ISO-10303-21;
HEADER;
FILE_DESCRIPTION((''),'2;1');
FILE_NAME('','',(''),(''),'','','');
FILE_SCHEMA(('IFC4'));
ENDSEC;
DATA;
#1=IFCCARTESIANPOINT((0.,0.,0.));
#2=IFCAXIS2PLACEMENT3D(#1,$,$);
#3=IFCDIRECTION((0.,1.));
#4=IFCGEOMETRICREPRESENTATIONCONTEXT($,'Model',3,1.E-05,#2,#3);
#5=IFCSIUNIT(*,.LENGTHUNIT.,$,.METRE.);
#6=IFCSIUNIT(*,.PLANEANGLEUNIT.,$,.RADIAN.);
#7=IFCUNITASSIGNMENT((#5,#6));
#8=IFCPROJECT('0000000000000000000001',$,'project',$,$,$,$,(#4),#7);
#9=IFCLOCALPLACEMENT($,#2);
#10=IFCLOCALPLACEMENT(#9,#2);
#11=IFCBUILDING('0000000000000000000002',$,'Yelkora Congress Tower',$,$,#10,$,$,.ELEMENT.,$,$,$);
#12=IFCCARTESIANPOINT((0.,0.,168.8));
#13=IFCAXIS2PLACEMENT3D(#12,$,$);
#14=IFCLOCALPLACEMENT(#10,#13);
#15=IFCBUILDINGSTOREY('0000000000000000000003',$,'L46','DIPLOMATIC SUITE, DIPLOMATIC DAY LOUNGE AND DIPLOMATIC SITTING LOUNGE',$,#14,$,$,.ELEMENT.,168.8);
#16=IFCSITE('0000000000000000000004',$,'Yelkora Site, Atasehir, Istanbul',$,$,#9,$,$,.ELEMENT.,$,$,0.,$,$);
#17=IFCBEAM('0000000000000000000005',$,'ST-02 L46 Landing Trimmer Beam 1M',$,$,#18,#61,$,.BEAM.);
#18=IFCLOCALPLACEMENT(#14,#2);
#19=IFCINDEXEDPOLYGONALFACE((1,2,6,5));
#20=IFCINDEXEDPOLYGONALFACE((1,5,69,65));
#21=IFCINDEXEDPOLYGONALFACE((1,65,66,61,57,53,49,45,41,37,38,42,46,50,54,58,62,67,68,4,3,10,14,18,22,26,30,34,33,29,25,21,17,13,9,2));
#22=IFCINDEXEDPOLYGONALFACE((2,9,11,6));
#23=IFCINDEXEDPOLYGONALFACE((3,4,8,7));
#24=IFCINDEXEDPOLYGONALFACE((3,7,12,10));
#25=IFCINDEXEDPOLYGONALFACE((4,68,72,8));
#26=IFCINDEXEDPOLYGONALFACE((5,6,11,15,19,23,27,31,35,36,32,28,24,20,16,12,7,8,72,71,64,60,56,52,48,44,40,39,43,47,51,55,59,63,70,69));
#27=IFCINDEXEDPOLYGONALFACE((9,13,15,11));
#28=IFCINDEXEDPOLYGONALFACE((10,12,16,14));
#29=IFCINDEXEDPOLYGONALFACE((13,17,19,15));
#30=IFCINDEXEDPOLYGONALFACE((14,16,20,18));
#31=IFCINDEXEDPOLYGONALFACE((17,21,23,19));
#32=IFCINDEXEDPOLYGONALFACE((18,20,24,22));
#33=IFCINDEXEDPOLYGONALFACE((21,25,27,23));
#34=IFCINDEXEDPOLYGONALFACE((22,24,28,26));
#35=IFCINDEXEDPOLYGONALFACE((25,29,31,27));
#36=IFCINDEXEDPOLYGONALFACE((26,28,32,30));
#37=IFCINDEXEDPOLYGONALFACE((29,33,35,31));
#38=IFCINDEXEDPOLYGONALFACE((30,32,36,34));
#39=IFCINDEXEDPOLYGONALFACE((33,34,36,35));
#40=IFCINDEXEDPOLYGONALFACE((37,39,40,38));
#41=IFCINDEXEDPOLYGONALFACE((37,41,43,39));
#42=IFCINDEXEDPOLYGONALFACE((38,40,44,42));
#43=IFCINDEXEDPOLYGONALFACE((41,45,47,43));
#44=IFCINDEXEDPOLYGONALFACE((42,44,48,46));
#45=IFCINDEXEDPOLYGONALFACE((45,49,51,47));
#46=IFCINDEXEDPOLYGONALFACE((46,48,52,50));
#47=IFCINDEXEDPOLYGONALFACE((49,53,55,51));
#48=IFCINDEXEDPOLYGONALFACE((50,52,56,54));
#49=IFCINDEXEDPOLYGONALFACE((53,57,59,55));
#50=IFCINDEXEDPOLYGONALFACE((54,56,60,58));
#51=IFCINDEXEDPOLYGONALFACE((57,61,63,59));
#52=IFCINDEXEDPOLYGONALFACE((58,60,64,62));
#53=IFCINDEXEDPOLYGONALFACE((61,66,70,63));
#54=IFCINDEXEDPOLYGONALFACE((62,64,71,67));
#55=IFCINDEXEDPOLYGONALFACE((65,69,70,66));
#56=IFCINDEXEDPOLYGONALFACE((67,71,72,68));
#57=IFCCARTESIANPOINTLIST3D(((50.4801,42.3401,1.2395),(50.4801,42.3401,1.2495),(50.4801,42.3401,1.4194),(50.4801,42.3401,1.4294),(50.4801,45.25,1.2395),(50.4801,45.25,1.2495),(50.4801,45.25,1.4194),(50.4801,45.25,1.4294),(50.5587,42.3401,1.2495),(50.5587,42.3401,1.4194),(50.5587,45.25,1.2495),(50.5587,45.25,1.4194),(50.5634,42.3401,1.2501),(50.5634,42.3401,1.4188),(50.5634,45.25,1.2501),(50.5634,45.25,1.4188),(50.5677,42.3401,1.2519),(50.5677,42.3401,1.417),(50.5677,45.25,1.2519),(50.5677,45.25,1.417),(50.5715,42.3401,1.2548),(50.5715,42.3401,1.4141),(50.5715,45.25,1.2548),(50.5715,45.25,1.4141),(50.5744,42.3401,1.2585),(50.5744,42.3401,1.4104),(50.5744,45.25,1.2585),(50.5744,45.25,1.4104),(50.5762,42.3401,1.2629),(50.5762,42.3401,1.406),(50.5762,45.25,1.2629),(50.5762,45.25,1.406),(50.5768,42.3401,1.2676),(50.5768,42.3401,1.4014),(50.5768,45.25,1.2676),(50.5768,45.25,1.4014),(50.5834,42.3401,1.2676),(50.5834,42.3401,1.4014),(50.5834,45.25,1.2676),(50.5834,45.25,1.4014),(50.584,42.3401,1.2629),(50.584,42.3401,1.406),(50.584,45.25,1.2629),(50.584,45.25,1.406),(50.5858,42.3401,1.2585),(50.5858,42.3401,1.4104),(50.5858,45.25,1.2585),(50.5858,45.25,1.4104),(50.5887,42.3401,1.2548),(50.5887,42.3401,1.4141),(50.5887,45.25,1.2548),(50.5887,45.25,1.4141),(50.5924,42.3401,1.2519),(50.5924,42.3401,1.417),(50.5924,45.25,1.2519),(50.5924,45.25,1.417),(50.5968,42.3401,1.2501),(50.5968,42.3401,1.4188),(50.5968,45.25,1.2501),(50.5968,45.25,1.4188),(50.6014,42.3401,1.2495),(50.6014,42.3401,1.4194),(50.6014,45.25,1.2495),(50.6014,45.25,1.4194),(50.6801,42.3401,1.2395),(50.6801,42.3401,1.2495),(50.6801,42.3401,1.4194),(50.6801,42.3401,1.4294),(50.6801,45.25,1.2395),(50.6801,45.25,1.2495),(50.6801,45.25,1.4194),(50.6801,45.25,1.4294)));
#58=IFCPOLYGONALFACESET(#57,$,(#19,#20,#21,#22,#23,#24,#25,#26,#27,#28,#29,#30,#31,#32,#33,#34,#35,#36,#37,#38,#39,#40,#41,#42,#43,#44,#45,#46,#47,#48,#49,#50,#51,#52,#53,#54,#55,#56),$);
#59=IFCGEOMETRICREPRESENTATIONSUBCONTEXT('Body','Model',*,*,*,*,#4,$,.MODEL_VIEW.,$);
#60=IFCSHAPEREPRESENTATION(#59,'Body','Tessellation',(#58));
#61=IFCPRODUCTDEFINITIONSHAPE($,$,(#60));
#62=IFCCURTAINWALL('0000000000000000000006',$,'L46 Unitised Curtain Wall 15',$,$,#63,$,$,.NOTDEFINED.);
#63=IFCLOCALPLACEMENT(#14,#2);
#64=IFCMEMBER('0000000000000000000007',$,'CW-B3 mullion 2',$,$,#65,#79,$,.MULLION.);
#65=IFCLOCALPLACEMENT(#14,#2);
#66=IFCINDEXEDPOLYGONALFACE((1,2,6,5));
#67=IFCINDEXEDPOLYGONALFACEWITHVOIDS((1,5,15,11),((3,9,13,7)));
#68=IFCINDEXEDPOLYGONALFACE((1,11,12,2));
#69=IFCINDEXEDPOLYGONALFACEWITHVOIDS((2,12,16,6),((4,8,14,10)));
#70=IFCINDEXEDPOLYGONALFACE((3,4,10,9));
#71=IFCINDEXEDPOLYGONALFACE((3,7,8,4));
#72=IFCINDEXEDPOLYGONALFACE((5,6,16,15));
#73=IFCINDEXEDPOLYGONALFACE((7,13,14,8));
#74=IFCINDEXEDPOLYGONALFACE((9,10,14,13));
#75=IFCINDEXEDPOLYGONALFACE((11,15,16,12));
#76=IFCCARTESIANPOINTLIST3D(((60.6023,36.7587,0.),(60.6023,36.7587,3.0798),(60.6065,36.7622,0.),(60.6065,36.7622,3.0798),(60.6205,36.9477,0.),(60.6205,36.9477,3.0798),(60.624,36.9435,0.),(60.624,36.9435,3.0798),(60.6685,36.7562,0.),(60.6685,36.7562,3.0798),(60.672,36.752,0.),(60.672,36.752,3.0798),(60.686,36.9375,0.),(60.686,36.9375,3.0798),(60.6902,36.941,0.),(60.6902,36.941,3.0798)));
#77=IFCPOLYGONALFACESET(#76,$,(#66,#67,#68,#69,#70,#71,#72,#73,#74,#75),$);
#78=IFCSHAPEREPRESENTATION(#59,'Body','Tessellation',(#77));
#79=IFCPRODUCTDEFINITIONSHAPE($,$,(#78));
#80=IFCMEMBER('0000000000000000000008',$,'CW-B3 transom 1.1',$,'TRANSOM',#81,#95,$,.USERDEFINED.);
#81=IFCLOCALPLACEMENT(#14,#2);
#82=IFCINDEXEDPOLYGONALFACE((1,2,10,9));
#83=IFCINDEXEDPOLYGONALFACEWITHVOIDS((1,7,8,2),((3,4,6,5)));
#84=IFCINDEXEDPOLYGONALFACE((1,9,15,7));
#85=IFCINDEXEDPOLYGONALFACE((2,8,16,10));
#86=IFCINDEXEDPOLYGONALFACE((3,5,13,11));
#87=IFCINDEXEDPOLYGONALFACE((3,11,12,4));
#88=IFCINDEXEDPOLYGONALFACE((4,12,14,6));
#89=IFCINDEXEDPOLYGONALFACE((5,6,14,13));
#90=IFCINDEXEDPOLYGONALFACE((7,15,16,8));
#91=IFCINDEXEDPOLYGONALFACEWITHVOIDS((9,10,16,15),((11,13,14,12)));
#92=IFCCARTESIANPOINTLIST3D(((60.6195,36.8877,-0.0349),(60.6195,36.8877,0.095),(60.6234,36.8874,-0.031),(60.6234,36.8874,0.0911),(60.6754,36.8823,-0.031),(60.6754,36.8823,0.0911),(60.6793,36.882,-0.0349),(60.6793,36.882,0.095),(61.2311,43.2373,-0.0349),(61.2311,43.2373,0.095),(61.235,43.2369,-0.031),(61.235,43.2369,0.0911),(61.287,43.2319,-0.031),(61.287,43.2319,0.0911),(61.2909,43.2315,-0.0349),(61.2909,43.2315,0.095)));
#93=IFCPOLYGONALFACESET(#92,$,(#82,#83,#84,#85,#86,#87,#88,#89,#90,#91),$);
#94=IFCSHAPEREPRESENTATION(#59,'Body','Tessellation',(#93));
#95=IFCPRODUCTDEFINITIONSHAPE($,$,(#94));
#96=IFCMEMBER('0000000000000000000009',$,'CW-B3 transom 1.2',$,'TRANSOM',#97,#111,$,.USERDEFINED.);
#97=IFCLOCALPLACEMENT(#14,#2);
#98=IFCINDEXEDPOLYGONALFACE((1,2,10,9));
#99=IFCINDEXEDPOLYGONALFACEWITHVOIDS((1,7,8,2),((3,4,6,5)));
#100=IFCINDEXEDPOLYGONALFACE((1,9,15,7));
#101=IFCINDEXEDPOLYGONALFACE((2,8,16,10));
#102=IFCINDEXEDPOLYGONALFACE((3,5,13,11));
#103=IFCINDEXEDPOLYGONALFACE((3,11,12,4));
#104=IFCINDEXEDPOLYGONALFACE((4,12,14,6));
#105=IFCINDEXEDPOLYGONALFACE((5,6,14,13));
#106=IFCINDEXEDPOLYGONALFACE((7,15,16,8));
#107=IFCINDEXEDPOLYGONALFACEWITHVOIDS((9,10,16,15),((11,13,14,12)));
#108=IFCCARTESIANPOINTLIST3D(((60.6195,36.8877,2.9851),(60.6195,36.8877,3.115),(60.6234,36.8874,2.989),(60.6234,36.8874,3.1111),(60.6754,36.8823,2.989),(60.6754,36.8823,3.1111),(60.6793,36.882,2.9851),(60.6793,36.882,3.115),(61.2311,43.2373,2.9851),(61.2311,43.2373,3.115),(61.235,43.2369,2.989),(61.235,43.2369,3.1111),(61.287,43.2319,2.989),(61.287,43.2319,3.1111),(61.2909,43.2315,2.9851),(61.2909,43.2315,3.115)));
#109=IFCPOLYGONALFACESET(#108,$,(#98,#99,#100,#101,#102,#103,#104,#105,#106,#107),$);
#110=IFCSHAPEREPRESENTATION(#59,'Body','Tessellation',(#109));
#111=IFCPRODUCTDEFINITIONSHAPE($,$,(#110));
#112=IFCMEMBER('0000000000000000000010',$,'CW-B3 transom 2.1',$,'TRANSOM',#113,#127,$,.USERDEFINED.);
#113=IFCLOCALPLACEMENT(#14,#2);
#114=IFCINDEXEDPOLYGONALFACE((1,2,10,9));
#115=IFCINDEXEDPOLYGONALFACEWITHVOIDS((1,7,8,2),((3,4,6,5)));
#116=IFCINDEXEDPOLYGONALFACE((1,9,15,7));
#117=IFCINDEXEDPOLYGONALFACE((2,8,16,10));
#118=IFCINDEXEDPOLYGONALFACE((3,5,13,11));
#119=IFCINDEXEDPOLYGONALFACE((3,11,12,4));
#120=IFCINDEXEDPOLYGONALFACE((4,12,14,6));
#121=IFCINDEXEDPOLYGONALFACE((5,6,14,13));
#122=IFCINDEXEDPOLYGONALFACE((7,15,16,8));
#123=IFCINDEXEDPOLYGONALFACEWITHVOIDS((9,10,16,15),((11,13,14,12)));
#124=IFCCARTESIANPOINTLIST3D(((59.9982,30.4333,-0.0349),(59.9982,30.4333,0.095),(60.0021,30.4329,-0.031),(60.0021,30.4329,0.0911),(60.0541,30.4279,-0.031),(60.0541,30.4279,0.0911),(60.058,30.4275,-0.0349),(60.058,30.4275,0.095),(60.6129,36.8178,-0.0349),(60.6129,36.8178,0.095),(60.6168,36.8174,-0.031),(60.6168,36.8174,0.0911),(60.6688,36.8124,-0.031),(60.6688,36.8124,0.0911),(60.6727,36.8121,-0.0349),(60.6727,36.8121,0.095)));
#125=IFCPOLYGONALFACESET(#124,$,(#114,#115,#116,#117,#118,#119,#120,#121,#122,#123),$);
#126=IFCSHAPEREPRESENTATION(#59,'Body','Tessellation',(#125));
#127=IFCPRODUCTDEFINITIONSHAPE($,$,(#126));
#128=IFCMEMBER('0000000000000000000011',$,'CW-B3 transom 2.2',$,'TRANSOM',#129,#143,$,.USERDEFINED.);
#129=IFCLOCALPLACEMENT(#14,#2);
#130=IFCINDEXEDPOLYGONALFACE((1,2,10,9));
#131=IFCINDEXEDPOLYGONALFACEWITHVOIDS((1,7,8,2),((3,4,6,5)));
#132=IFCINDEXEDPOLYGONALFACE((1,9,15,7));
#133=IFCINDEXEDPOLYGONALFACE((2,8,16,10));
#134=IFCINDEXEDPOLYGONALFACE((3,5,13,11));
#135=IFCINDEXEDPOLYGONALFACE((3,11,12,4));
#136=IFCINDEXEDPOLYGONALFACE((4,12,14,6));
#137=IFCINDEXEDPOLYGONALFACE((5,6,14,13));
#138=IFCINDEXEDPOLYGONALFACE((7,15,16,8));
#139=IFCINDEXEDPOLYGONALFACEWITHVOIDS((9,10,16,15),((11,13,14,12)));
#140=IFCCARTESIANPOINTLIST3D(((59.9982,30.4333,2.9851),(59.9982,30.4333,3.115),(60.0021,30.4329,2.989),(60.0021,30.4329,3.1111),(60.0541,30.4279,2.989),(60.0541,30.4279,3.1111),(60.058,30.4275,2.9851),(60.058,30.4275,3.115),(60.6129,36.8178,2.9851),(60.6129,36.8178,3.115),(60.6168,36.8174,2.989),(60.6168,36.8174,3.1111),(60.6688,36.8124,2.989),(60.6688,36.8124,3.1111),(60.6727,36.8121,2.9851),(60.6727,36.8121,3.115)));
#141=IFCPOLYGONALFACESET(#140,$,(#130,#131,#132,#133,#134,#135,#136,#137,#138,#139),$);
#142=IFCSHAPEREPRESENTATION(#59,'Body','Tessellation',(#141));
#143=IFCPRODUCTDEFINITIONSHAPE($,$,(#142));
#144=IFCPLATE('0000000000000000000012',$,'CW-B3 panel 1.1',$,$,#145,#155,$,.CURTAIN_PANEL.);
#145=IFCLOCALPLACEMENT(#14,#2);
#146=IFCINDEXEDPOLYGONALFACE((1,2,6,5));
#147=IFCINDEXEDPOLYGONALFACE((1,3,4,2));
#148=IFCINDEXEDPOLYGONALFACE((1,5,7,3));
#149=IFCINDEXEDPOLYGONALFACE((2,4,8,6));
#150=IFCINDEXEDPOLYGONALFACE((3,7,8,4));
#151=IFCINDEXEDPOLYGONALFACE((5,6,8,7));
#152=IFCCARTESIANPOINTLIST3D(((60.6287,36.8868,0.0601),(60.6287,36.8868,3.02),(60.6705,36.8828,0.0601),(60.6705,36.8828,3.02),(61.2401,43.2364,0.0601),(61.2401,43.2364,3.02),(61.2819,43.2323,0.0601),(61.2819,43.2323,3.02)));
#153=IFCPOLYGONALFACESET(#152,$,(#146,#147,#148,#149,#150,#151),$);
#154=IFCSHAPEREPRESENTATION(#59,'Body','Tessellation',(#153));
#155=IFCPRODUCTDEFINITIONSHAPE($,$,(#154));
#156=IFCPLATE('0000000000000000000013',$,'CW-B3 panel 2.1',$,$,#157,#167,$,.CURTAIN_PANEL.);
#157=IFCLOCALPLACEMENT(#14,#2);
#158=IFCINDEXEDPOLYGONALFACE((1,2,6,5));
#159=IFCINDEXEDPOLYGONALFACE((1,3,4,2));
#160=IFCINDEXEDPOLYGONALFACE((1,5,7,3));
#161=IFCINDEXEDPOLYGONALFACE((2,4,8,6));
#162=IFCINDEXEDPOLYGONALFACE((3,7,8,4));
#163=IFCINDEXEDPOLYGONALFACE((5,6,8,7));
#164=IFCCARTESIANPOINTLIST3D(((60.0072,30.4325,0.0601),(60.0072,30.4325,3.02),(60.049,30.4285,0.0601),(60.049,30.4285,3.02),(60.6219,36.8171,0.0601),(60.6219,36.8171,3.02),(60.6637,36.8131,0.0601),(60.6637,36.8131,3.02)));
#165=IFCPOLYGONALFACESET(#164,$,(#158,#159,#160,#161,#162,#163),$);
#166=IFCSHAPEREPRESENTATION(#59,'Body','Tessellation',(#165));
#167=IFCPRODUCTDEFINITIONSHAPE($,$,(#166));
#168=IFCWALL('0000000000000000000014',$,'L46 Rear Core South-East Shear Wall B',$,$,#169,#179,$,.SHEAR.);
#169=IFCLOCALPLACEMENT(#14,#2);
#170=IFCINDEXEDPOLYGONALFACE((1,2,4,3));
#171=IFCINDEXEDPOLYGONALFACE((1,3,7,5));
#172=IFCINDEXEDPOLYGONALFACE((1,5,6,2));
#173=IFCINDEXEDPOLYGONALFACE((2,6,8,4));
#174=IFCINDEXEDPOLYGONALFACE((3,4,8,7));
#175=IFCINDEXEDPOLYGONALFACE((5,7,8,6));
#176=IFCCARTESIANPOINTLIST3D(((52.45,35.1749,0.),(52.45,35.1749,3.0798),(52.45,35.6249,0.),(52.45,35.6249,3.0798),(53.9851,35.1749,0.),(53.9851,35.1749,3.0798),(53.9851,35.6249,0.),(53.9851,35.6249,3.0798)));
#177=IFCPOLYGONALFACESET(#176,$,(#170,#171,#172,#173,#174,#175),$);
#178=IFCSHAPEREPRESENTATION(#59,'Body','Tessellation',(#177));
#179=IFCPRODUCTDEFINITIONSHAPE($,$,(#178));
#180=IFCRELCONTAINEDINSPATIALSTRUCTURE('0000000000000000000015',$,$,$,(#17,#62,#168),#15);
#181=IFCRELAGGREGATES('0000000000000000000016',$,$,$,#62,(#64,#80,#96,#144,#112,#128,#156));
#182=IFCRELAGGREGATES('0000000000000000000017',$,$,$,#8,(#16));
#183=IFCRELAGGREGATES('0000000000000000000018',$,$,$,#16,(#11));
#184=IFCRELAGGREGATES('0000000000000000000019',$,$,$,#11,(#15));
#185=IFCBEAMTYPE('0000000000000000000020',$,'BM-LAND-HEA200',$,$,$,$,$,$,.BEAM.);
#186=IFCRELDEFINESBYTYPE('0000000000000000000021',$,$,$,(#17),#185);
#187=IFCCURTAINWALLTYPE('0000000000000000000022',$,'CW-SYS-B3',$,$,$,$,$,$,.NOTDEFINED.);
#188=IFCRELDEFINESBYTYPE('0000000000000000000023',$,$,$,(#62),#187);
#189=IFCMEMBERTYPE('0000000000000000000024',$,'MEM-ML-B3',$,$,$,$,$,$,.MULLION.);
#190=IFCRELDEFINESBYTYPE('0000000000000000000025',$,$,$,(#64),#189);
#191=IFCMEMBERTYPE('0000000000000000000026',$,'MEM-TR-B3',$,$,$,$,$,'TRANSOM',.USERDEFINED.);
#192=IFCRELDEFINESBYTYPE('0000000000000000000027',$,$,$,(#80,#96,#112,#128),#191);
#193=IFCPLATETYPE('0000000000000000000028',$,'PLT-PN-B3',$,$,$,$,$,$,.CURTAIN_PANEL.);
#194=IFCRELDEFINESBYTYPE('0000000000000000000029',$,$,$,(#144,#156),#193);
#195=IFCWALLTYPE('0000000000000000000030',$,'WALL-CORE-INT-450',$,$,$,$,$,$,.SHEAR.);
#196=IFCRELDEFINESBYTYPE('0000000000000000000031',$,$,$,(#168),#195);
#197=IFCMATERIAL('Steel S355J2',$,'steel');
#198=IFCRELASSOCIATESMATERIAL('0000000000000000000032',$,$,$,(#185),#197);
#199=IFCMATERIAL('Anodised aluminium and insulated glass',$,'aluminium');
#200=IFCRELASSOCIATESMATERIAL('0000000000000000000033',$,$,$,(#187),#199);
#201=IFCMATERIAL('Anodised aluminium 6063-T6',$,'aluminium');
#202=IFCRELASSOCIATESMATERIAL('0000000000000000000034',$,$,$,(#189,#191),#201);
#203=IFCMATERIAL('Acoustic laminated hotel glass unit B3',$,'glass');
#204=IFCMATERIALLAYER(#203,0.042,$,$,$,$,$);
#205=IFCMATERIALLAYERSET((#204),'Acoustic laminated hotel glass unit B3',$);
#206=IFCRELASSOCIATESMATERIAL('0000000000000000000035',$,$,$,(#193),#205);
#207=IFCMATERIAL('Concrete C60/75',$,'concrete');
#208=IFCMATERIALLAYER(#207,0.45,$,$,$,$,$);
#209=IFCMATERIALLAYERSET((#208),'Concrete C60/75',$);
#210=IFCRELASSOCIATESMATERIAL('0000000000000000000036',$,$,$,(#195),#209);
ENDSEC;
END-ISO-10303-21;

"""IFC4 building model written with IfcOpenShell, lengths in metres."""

from ifc_helpers import new_model, si_unit, direction, frame, frame_2d, origin, origin_2d, place, context, subcontext, project, spatial, rectangle, hollow_rectangle, i_section, extrude, material, layer, layer_set, material_profile, profile_set, type_object, element, aggregate, save


model = new_model("IFC4")

# Units and contexts
model_context = context("Model", 3, precision=1e-05, world=origin(), true_north=direction((0.0, 1.0)))
body_context = subcontext(model_context, "Body", "Model", "MODEL_VIEW")
ifc_project = project(units=[si_unit("LENGTHUNIT", "METRE"), si_unit("PLANEANGLEUNIT", "RADIAN")], contexts=[model_context])

# Site, building, storey
site_placement = place(None, origin())
site = spatial("IfcSite", under=ifc_project, at=site_placement, Name="Yelkora Site, Atasehir, Istanbul", CompositionType="ELEMENT", RefElevation=0.0)
building_placement = place(site_placement, origin())
building = spatial("IfcBuilding", under=site, at=building_placement, Name="Yelkora Congress Tower", CompositionType="ELEMENT")
storey_placement = place(building_placement, frame((0.0, 0.0, 168.8)))
storey = spatial("IfcBuildingStorey", under=building, at=storey_placement, Name="L46", Description="DIPLOMATIC SUITE, DIPLOMATIC DAY LOUNGE AND DIPLOMATIC SITTING LOUNGE", CompositionType="ELEMENT", Elevation=168.8)

# Beam
ifc_material_1 = material(Name="Steel S355J2", Category="steel")
ifc_material_profile_1 = material_profile(ifc_material_1, i_section(OverallWidth=0.2, OverallDepth=0.1899, WebThickness=0.0066, FlangeThickness=0.01, FilletRadius=0.0181, at=origin_2d()), Name="HEA 200")
ifc_profile_set_1 = profile_set([ifc_material_profile_1], Name="Steel S355J2")
beam_type_1 = type_object("IfcBeamType", Name="BM-LAND-HEA200", PredefinedType="BEAM", material=ifc_profile_set_1)
beam_1_placement = place(storey_placement, frame((50.5801, 42.3401, 1.3345), z_axis=(0.0, 1.0, 0.0), x_axis=(-1.0, 0.0, 0.0)))
element("IfcBeam", 1, at=beam_1_placement, inside=storey, type_object=beam_type_1, Name="ST-02 L46 Landing Trimmer Beam 1M", PredefinedType="BEAM", context=body_context, shape_type="SweptSolid", body=[
    extrude(i_section(OverallWidth=0.2, OverallDepth=0.1899, WebThickness=0.0066, FlangeThickness=0.01, FilletRadius=0.0181, at=origin_2d()), origin(), (0.0, 0.0, 1.0), 2.9099),
])

# Curtain wall, members, plates
ifc_material_2 = material(Name="Anodised aluminium and insulated glass", Category="aluminium")
curtain_wall_type = type_object("IfcCurtainWallType", Name="CW-SYS-B3", PredefinedType="NOTDEFINED", material=ifc_material_2)
curtain_wall_placement = place(storey_placement, origin())
curtain_wall = element("IfcCurtainWall", 2, at=curtain_wall_placement, inside=storey, type_object=curtain_wall_type, Name="L46 Unitised Curtain Wall 15", PredefinedType="NOTDEFINED")
ifc_material_3 = material(Name="Anodised aluminium 6063-T6", Category="aluminium")
ifc_material_profile_2 = material_profile(ifc_material_3, hollow_rectangle(XDim=0.0701, YDim=0.1899, WallThickness=0.0039, at=origin_2d()), Name="ALU 70x190x4")
ifc_profile_set_2 = profile_set([ifc_material_profile_2], Name="Anodised aluminium 6063-T6")
member_type_1 = type_object("IfcMemberType", Name="MEM-ML-B3", PredefinedType="MULLION", material=ifc_profile_set_2)
member_1_placement = place(storey_placement, frame((60.6462, 36.8499, 0.0), z_axis=(0.0, 0.0, 1.0), x_axis=(0.995397, -0.095842, 0.0)))
member_1 = element("IfcMember", 3, at=member_1_placement, type_object=member_type_1, Name="CW-B3 mullion 2", PredefinedType="MULLION", context=body_context, shape_type="SweptSolid", body=[
    extrude(hollow_rectangle(XDim=0.0701, YDim=0.1899, WallThickness=0.0039, at=origin_2d()), origin(), (0.0, 0.0, 1.0), 3.0798),
])
ifc_material_profile_3 = material_profile(ifc_material_3, hollow_rectangle(XDim=0.0601, YDim=0.1299, WallThickness=0.0039, at=origin_2d()), Name="ALU 60x130x4")
ifc_profile_set_3 = profile_set([ifc_material_profile_3], Name="Anodised aluminium 6063-T6")
member_type_2 = type_object("IfcMemberType", Name="MEM-TR-B3", ElementType="TRANSOM", PredefinedType="USERDEFINED", material=ifc_profile_set_3)
member_2_placement = place(storey_placement, frame((61.261, 43.2344, 0.03), z_axis=(-0.095873, -0.995394, 0.0), x_axis=(0.995394, -0.095873, 0.0)))
member_2 = element("IfcMember", 4, at=member_2_placement, type_object=member_type_2, Name="CW-B3 transom 1.1", ObjectType="TRANSOM", PredefinedType="USERDEFINED", context=body_context, shape_type="SweptSolid", body=[
    extrude(hollow_rectangle(XDim=0.0601, YDim=0.1299, WallThickness=0.0039, at=origin_2d()), origin(), (0.0, 0.0, 1.0), 6.3789),
])
member_3_placement = place(storey_placement, frame((61.261, 43.2344, 3.05), z_axis=(-0.095873, -0.995394, 0.0), x_axis=(0.995394, -0.095873, 0.0)))
member_3 = element("IfcMember", 5, at=member_3_placement, type_object=member_type_2, Name="CW-B3 transom 1.2", ObjectType="TRANSOM", PredefinedType="USERDEFINED", context=body_context, shape_type="SweptSolid", body=[
    extrude(hollow_rectangle(XDim=0.0601, YDim=0.1299, WallThickness=0.0039, at=origin_2d()), origin(), (0.0, 0.0, 1.0), 6.3789),
])
member_4_placement = place(storey_placement, frame((60.6428, 36.8149, 0.03), z_axis=(-0.095844, -0.995396, 0.0), x_axis=(0.995396, -0.095844, 0.0)))
member_4 = element("IfcMember", 6, at=member_4_placement, type_object=member_type_2, Name="CW-B3 transom 2.1", ObjectType="TRANSOM", PredefinedType="USERDEFINED", context=body_context, shape_type="SweptSolid", body=[
    extrude(hollow_rectangle(XDim=0.0601, YDim=0.1299, WallThickness=0.0039, at=origin_2d()), origin(), (0.0, 0.0, 1.0), 6.4141),
])
member_5_placement = place(storey_placement, frame((60.6428, 36.8149, 3.05), z_axis=(-0.095844, -0.995396, 0.0), x_axis=(0.995396, -0.095844, 0.0)))
member_5 = element("IfcMember", 7, at=member_5_placement, type_object=member_type_2, Name="CW-B3 transom 2.2", ObjectType="TRANSOM", PredefinedType="USERDEFINED", context=body_context, shape_type="SweptSolid", body=[
    extrude(hollow_rectangle(XDim=0.0601, YDim=0.1299, WallThickness=0.0039, at=origin_2d()), origin(), (0.0, 0.0, 1.0), 6.4141),
])
ifc_material_4 = material(Name="Acoustic laminated hotel glass unit B3", Category="glass")
ifc_layer_1 = layer(ifc_material_4, 0.042)
ifc_layer_set_1 = layer_set([ifc_layer_1], Name="Acoustic laminated hotel glass unit B3")
plate_type = type_object("IfcPlateType", Name="PLT-PN-B3", PredefinedType="CURTAIN_PANEL", material=ifc_layer_set_1)
plate_1_placement = place(storey_placement, frame((60.9553, 40.0596, 0.0601), z_axis=(0.0, 0.0, 1.0), x_axis=(-0.095842, -0.995397, 0.0)))
plate_1 = element("IfcPlate", 8, at=plate_1_placement, type_object=plate_type, Name="CW-B3 panel 1.1", PredefinedType="CURTAIN_PANEL", context=body_context, shape_type="SweptSolid", body=[
    extrude(rectangle(XDim=6.3789, YDim=0.042, at=origin_2d()), origin(), (0.0, 0.0, 1.0), 2.96),
])
plate_2_placement = place(storey_placement, frame((60.3354, 33.6228, 0.0601), z_axis=(0.0, 0.0, 1.0), x_axis=(-0.095842, -0.995397, 0.0)))
plate_2 = element("IfcPlate", 9, at=plate_2_placement, type_object=plate_type, Name="CW-B3 panel 2.1", PredefinedType="CURTAIN_PANEL", context=body_context, shape_type="SweptSolid", body=[
    extrude(rectangle(XDim=6.4141, YDim=0.042, at=origin_2d()), origin(), (0.0, 0.0, 1.0), 2.96),
])
aggregate(curtain_wall, [member_1, member_2, member_3, plate_1, member_4, member_5, plate_2])

# Wall
ifc_material_5 = material(Name="Concrete C60/75", Category="concrete")
ifc_layer_2 = layer(ifc_material_5, 0.45)
ifc_layer_set_2 = layer_set([ifc_layer_2], Name="Concrete C60/75")
wall_type = type_object("IfcWallType", Name="WALL-CORE-INT-450", PredefinedType="SHEAR", material=ifc_layer_set_2)
wall_1_placement = place(storey_placement, frame((52.45, 35.3999, 0.0), z_axis=(0.0, 0.0, 1.0), x_axis=(1.0, 0.0, 0.0)))
element("IfcWall", 10, at=wall_1_placement, inside=storey, type_object=wall_type, Name="L46 Rear Core South-East Shear Wall B", PredefinedType="SHEAR", context=body_context, shape_type="SweptSolid", body=[
    extrude(rectangle(XDim=1.5352, YDim=0.45, at=frame_2d((0.7676, 0.0))), origin(), (0.0, 0.0, 1.0), 3.0798),
])

save(model, "model.ifc")
